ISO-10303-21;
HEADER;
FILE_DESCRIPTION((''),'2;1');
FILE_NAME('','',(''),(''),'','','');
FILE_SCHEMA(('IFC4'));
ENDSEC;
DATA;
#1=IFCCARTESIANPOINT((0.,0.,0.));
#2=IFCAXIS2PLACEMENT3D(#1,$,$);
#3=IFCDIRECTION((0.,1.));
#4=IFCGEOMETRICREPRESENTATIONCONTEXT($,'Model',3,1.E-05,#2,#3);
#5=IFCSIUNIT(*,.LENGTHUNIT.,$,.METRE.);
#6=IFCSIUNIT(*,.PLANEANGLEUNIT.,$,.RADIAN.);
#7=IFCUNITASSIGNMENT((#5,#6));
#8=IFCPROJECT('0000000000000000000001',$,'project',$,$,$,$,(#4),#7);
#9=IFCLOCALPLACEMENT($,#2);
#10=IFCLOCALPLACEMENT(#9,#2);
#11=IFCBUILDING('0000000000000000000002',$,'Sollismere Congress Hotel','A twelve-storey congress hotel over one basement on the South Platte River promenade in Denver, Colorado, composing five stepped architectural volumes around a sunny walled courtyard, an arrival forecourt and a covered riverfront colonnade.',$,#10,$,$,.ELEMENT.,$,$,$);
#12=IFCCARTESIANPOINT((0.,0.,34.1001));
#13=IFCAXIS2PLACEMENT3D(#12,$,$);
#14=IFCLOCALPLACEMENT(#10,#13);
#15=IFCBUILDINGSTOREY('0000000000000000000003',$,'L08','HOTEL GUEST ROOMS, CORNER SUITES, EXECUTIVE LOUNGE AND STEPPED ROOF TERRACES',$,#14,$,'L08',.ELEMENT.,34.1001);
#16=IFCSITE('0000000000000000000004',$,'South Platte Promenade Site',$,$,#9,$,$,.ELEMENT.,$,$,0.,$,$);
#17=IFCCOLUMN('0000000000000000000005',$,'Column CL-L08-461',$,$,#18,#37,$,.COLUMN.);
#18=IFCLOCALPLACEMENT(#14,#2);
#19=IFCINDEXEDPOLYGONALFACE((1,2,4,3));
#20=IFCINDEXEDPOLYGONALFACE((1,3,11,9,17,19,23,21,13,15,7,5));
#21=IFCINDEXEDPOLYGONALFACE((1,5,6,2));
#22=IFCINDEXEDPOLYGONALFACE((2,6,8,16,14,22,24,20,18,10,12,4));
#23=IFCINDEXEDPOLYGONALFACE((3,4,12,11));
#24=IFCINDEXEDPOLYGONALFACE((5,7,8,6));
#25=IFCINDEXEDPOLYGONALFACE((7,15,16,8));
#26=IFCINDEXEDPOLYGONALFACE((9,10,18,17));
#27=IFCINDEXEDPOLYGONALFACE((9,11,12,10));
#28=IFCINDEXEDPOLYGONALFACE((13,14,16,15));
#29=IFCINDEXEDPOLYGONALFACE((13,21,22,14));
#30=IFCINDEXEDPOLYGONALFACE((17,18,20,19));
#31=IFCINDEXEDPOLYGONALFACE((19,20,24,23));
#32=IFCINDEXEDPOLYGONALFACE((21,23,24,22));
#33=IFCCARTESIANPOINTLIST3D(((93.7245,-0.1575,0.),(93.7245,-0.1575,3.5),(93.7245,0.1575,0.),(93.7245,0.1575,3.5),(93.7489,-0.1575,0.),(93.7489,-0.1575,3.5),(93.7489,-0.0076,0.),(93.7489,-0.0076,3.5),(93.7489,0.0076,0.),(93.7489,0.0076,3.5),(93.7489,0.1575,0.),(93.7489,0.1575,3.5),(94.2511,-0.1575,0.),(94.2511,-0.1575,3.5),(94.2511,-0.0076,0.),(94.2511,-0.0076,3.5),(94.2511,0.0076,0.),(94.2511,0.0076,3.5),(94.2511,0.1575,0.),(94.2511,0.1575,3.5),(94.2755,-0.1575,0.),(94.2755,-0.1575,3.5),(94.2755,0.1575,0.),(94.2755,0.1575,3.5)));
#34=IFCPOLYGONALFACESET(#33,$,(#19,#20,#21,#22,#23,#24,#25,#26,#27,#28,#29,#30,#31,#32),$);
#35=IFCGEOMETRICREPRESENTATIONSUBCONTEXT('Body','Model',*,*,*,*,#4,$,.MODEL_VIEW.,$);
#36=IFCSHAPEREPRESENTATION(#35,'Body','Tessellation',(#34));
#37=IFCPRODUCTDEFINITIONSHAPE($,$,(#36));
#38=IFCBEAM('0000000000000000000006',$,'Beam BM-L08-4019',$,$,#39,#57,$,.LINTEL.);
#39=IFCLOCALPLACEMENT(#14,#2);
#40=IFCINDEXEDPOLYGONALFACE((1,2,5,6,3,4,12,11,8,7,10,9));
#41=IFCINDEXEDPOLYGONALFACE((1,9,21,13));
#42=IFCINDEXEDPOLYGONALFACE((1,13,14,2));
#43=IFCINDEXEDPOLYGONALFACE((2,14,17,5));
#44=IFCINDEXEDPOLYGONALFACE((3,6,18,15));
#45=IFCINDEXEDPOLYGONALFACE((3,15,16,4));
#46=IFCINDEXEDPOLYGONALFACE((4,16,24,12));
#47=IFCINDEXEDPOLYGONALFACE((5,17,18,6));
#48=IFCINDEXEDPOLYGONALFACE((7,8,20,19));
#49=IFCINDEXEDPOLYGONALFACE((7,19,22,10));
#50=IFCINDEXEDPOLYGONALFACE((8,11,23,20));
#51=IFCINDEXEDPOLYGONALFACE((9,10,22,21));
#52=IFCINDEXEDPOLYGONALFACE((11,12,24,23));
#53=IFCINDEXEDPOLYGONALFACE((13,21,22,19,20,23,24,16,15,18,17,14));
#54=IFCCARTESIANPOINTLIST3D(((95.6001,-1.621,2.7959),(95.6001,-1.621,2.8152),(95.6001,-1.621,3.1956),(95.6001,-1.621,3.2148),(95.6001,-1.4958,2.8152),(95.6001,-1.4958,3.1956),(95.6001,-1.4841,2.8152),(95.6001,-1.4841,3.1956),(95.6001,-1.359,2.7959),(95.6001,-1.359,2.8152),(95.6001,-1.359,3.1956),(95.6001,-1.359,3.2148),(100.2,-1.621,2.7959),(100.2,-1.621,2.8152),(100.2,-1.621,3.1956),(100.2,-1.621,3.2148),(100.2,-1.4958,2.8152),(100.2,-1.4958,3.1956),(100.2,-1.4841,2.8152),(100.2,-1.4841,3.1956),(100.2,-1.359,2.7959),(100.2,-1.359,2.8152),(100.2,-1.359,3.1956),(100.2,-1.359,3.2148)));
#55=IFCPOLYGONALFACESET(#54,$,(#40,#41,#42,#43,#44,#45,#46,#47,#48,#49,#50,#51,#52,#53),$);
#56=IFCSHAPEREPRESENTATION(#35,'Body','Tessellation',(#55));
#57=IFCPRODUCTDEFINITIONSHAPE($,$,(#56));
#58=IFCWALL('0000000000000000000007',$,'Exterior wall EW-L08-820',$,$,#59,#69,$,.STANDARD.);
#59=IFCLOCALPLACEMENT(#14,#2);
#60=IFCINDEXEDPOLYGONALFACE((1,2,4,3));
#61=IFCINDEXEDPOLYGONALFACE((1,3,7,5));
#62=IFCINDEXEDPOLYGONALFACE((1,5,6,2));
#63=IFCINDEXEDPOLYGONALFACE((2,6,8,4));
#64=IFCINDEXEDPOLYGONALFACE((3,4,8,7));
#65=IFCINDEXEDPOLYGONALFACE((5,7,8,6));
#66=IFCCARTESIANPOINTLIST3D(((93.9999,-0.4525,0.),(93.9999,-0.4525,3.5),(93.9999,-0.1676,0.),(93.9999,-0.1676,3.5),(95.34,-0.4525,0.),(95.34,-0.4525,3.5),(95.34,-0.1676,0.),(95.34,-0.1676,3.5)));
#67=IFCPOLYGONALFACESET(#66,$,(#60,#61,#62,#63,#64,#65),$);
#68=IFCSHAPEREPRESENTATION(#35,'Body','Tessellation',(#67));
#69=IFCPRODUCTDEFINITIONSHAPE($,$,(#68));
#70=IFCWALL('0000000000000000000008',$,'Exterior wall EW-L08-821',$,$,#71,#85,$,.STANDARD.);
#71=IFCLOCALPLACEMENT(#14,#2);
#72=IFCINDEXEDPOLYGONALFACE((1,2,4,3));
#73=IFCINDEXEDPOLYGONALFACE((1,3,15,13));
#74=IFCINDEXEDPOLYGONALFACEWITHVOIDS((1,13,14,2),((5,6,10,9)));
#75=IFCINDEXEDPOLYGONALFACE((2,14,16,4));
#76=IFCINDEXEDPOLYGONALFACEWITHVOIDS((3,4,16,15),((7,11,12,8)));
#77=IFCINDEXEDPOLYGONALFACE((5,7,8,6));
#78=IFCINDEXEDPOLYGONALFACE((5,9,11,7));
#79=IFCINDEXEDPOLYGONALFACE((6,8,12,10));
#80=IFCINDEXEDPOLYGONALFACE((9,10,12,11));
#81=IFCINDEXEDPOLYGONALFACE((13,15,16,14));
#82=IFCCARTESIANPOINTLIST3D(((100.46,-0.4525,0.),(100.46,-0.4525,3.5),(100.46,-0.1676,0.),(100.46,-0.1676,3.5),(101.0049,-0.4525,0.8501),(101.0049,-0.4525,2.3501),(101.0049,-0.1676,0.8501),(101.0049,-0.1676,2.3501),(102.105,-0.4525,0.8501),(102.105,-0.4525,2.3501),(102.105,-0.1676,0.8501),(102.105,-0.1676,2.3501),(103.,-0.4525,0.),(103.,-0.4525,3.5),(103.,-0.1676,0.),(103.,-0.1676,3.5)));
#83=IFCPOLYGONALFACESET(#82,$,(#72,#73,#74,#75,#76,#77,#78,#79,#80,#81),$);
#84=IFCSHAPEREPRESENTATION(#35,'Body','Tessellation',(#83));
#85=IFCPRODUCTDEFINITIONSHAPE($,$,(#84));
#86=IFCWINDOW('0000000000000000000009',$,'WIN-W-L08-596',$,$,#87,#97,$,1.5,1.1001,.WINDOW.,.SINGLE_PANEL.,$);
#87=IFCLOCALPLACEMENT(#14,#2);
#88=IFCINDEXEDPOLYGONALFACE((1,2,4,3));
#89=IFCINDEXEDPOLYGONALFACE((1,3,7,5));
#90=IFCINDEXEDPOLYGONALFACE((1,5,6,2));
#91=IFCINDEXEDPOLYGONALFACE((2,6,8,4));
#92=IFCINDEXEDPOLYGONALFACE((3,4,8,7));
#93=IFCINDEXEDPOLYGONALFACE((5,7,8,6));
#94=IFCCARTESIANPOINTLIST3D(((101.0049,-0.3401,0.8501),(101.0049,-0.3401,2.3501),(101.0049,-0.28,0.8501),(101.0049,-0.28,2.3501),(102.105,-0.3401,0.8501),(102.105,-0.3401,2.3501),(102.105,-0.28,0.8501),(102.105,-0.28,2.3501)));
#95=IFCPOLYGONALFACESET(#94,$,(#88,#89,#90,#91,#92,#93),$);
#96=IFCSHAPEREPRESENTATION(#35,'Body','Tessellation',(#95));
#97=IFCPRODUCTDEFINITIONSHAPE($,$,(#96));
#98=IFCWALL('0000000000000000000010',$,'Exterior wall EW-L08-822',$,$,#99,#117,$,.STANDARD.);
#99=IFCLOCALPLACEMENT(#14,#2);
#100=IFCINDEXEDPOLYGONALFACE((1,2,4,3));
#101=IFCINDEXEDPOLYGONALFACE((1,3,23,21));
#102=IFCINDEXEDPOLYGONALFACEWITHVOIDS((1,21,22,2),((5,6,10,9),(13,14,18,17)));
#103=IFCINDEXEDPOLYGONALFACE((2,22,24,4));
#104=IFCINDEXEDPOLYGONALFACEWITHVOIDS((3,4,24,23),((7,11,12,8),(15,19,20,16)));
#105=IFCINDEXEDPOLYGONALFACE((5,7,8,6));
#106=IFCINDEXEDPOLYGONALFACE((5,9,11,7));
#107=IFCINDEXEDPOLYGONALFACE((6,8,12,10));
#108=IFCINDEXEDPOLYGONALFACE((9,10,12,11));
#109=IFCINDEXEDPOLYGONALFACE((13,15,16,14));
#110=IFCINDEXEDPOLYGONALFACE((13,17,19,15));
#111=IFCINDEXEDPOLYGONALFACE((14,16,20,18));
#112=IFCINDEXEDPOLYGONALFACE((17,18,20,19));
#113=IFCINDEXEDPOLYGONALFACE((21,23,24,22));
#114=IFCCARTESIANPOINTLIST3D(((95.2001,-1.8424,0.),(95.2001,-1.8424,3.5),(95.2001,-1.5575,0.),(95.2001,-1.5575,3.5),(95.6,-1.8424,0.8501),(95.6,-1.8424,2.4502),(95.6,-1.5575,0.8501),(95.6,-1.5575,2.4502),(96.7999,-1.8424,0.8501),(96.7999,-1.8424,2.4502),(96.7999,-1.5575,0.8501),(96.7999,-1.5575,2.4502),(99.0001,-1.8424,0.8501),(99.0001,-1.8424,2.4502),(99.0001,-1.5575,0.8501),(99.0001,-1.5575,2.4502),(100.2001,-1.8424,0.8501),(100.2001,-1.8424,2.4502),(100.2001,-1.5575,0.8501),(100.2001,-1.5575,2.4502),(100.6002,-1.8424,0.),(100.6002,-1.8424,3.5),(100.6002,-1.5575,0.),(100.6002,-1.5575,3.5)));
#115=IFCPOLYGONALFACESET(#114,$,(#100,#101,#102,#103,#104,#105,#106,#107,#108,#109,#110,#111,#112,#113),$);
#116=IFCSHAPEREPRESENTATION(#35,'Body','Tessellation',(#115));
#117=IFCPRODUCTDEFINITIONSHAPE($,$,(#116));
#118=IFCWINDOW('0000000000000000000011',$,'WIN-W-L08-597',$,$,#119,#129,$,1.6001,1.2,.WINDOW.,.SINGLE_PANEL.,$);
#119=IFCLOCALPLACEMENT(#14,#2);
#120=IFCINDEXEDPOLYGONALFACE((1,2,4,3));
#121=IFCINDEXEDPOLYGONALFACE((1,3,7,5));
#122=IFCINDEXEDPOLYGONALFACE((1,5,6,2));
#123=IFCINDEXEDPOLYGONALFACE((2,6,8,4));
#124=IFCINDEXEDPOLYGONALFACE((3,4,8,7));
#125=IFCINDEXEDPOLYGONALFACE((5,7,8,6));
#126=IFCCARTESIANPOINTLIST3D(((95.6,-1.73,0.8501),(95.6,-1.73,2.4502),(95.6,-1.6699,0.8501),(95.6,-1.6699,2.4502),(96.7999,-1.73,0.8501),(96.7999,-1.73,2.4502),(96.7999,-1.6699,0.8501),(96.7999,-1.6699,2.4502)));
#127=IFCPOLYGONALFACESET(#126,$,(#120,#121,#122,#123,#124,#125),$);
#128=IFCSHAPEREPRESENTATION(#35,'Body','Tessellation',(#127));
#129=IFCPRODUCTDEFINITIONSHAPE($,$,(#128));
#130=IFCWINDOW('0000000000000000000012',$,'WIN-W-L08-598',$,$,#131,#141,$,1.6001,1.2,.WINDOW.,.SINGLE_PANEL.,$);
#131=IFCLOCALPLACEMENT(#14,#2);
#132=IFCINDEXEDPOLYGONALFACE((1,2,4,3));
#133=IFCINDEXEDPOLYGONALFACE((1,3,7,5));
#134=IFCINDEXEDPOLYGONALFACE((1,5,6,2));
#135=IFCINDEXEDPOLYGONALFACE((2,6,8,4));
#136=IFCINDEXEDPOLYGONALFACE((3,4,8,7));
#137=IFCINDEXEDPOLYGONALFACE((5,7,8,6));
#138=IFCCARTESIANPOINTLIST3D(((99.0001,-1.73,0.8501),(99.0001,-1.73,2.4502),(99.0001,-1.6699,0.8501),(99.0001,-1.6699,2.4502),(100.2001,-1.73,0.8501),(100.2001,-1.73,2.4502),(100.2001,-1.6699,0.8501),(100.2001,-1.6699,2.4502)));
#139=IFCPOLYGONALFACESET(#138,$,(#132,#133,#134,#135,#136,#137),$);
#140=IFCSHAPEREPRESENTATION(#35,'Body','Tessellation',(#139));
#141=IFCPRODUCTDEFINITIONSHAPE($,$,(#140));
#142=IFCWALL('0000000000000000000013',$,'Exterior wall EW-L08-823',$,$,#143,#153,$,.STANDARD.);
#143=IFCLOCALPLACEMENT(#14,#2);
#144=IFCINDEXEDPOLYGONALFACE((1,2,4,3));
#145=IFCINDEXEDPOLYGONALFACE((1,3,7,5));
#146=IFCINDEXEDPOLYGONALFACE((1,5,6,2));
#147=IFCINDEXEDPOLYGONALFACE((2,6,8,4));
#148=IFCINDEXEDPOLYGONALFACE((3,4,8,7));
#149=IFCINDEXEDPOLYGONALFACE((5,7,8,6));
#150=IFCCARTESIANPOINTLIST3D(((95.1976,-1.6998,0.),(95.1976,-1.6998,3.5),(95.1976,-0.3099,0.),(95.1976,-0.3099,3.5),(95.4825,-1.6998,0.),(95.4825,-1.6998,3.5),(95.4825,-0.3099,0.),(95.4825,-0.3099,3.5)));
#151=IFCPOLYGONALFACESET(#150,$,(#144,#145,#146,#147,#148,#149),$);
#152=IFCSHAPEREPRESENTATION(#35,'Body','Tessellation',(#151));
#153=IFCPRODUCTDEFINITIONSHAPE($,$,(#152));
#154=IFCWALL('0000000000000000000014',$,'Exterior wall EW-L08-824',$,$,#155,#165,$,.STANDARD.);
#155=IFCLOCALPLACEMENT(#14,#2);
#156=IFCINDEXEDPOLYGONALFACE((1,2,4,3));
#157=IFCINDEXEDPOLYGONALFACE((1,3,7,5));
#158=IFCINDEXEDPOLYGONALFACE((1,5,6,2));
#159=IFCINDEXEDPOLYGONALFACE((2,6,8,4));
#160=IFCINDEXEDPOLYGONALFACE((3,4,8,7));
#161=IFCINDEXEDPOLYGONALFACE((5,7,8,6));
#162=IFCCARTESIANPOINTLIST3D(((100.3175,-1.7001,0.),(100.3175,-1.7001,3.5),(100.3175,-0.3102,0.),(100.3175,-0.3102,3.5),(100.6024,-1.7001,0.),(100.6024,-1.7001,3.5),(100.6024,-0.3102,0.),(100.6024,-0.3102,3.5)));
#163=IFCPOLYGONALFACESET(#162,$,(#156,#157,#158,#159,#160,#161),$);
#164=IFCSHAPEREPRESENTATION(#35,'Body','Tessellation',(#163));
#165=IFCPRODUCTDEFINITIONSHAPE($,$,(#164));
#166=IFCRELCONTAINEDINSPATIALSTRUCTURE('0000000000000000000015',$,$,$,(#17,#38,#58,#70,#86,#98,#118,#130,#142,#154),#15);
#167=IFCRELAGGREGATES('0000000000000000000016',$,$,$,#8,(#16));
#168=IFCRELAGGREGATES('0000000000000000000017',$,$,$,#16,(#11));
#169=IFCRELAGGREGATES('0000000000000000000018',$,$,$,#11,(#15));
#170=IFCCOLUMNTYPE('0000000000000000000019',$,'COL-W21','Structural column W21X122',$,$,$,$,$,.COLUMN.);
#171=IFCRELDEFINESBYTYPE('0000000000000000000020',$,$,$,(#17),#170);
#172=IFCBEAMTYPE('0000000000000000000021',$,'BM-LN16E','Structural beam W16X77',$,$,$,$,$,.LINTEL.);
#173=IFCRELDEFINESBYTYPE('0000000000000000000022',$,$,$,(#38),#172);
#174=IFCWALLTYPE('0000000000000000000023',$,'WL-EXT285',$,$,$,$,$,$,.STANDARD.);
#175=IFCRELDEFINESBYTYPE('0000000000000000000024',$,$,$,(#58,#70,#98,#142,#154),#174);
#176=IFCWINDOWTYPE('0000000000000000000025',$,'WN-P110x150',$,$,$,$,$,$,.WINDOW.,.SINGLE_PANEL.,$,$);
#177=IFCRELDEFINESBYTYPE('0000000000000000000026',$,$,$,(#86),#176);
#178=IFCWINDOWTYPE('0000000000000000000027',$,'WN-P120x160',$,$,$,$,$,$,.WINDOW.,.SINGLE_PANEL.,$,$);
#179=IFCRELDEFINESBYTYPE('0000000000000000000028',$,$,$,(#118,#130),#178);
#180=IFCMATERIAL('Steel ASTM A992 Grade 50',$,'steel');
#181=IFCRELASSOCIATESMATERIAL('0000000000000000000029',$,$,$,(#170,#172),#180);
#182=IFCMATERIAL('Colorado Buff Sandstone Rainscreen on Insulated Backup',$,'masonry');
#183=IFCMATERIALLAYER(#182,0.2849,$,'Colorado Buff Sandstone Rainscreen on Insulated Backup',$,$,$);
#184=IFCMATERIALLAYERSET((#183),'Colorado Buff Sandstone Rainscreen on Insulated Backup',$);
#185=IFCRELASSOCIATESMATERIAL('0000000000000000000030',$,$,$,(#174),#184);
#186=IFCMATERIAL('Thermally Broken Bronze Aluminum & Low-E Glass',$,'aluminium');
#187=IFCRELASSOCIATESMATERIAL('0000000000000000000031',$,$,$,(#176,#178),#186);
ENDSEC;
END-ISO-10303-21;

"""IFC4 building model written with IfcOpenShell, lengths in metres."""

from ifc_helpers import new_model, si_unit, direction, frame, frame_2d, origin, origin_2d, place, context, subcontext, project, spatial, rectangle, i_section, extrude, material, layer, layer_set, material_profile, profile_set, type_object, element, fill, save


model = new_model("IFC4")

# Units and contexts
model_context = context("Model", 3, precision=1e-05, world=origin(), true_north=direction((0.0, 1.0)))
body_context = subcontext(model_context, "Body", "Model", "MODEL_VIEW")
ifc_project = project(units=[si_unit("LENGTHUNIT", "METRE"), si_unit("PLANEANGLEUNIT", "RADIAN")], contexts=[model_context])

# Site, building, storey
site_placement = place(None, origin())
site = spatial("IfcSite", under=ifc_project, at=site_placement, Name="South Platte Promenade Site", CompositionType="ELEMENT", RefElevation=0.0)
building_placement = place(site_placement, origin())
building = spatial("IfcBuilding", under=site, at=building_placement, Name="Sollismere Congress Hotel", Description="A twelve-storey congress hotel over one basement on the South Platte River promenade in Denver, Colorado, composing five stepped architectural volumes around a sunny walled courtyard, an arrival forecourt and a covered riverfront colonnade.", CompositionType="ELEMENT")
storey_placement = place(building_placement, frame((0.0, 0.0, 34.1001)))
storey = spatial("IfcBuildingStorey", under=building, at=storey_placement, Name="L08", Description="HOTEL GUEST ROOMS, CORNER SUITES, EXECUTIVE LOUNGE AND STEPPED ROOF TERRACES", LongName="L08", CompositionType="ELEMENT", Elevation=34.1001)

# Column
ifc_material_1 = material(Name="Steel ASTM A992 Grade 50", Category="steel")
ifc_material_profile_1 = material_profile(ifc_material_1, i_section(OverallWidth=0.3149, OverallDepth=0.551, WebThickness=0.0151, FlangeThickness=0.0244, at=origin_2d()), Name="W21X122")
ifc_profile_set_1 = profile_set([ifc_material_profile_1], Name="Steel ASTM A992 Grade 50")
column_type = type_object("IfcColumnType", Name="COL-W21", Description="Structural column W21X122", PredefinedType="COLUMN", material=ifc_profile_set_1)
column_placement = place(storey_placement, frame((94.0, 0.0, 0.0), z_axis=(0.0, 0.0, 1.0), x_axis=(0.0, 1.0, 0.0)))
element("IfcColumn", 1, at=column_placement, inside=storey, type_object=column_type, Name="Column CL-L08-461", PredefinedType="COLUMN", context=body_context, shape_type="SweptSolid", body=[
    extrude(i_section(OverallWidth=0.3149, OverallDepth=0.551, WebThickness=0.0151, FlangeThickness=0.0244, at=origin_2d()), origin(), (0.0, 0.0, 1.0), 3.5),
])

# Beam
ifc_material_profile_2 = material_profile(ifc_material_1, i_section(OverallWidth=0.262, OverallDepth=0.4189, WebThickness=0.0117, FlangeThickness=0.0193, at=origin_2d()), Name="W16X77")
ifc_profile_set_2 = profile_set([ifc_material_profile_2], Name="Steel ASTM A992 Grade 50")
beam_type = type_object("IfcBeamType", Name="BM-LN16E", Description="Structural beam W16X77", PredefinedType="LINTEL", material=ifc_profile_set_2)
beam_placement = place(storey_placement, frame((95.6001, -1.49, 3.0054), z_axis=(1.0, 0.0, 0.0), x_axis=(0.0, 1.0, 0.0)))
element("IfcBeam", 2, at=beam_placement, inside=storey, type_object=beam_type, Name="Beam BM-L08-4019", PredefinedType="LINTEL", context=body_context, shape_type="SweptSolid", body=[
    extrude(i_section(OverallWidth=0.262, OverallDepth=0.4189, WebThickness=0.0117, FlangeThickness=0.0193, at=origin_2d()), origin(), (0.0, 0.0, 1.0), 4.5999),
])

# Wall
ifc_material_2 = material(Name="Colorado Buff Sandstone Rainscreen on Insulated Backup", Category="masonry")
ifc_layer_1 = layer(ifc_material_2, 0.2849, Name="Colorado Buff Sandstone Rainscreen on Insulated Backup")
ifc_layer_set_1 = layer_set([ifc_layer_1], Name="Colorado Buff Sandstone Rainscreen on Insulated Backup")
wall_type_1 = type_object("IfcWallType", Name="WL-EXT285", PredefinedType="STANDARD", material=ifc_layer_set_1)
wall_1_placement = place(storey_placement, frame((94.0, -0.3101, 0.0), z_axis=(0.0, 0.0, 1.0), x_axis=(1.0, 0.0, 0.0)))
element("IfcWall", 3, at=wall_1_placement, inside=storey, type_object=wall_type_1, Name="Exterior wall EW-L08-820", PredefinedType="STANDARD", context=body_context, shape_type="SweptSolid", body=[
    extrude(rectangle(XDim=1.3401, YDim=0.2849, at=frame_2d((0.6699, 0.0))), origin(), (0.0, 0.0, 1.0), 3.5),
])

# Wall, opening, window
wall_2_placement = place(storey_placement, frame((100.46, -0.3101, 0.0), z_axis=(0.0, 0.0, 1.0), x_axis=(1.0, 0.0, 0.0)))
wall_2 = element("IfcWall", 4, at=wall_2_placement, inside=storey, type_object=wall_type_1, Name="Exterior wall EW-L08-821", PredefinedType="STANDARD", context=body_context, shape_type="SweptSolid", body=[
    extrude(rectangle(XDim=2.54, YDim=0.2849, at=frame_2d((1.27, 0.0))), origin(), (0.0, 0.0, 1.0), 3.5),
])
opening_1_placement = place(wall_2_placement, frame((0.5449, 0.0, 0.8501)))
opening_1 = element("IfcOpeningElement", 5, at=opening_1_placement, cuts=wall_2, PredefinedType="OPENING", context=body_context, shape_type="SweptSolid", body=[
    extrude(rectangle(XDim=1.1001, YDim=1.5, at=frame_2d((0.55, 0.75))), frame((0.0, 0.1523, 0.0), z_axis=(0.0, -1.0, 0.0), x_axis=(1.0, 0.0, 0.0)), (0.0, 0.0, 1.0), 0.3049),
])
ifc_material_3 = material(Name="Thermally Broken Bronze Aluminum & Low-E Glass", Category="aluminium")
window_type_1 = type_object("IfcWindowType", Name="WN-P110x150", PartitioningType="SINGLE_PANEL", PredefinedType="WINDOW", material=ifc_material_3)
window_1_placement = place(opening_1_placement, origin())
window_1 = element("IfcWindow", 6, at=window_1_placement, inside=storey, type_object=window_type_1, Name="WIN-W-L08-596", OverallHeight=1.5, OverallWidth=1.1001, PartitioningType="SINGLE_PANEL", PredefinedType="WINDOW", context=body_context, shape_type="SweptSolid", body=[
    extrude(rectangle(XDim=1.1001, YDim=1.5, at=frame_2d((0.55, 0.75))), frame((0.0, 0.03, 0.0), z_axis=(0.0, -1.0, 0.0), x_axis=(1.0, 0.0, 0.0)), (0.0, 0.0, 1.0), 0.0601),
])
fill(opening_1, window_1)

# Wall, openings, windows
wall_3_placement = place(storey_placement, frame((95.2, -1.7, 0.0), z_axis=(0.0, 0.0, 1.0), x_axis=(1.0, 0.0, 0.0)))
wall_3 = element("IfcWall", 7, at=wall_3_placement, inside=storey, type_object=wall_type_1, Name="Exterior wall EW-L08-822", PredefinedType="STANDARD", context=body_context, shape_type="SweptSolid", body=[
    extrude(rectangle(XDim=5.4001, YDim=0.2849, at=frame_2d((2.7002, 0.0))), origin(), (0.0, 0.0, 1.0), 3.5),
])
opening_2_placement = place(wall_3_placement, frame((0.3999, 0.0, 0.8501)))
opening_2 = element("IfcOpeningElement", 8, at=opening_2_placement, cuts=wall_3, PredefinedType="OPENING", context=body_context, shape_type="SweptSolid", body=[
    extrude(rectangle(XDim=1.2, YDim=1.6001, at=frame_2d((0.6001, 0.8))), frame((0.0, 0.1523, 0.0), z_axis=(0.0, -1.0, 0.0), x_axis=(1.0, 0.0, 0.0)), (0.0, 0.0, 1.0), 0.3049),
])
opening_3_placement = place(wall_3_placement, frame((3.8, 0.0, 0.8501)))
opening_3 = element("IfcOpeningElement", 9, at=opening_3_placement, cuts=wall_3, PredefinedType="OPENING", context=body_context, shape_type="SweptSolid", body=[
    extrude(rectangle(XDim=1.2, YDim=1.6001, at=frame_2d((0.6001, 0.8))), frame((0.0, 0.1523, 0.0), z_axis=(0.0, -1.0, 0.0), x_axis=(1.0, 0.0, 0.0)), (0.0, 0.0, 1.0), 0.3049),
])
window_type_2 = type_object("IfcWindowType", Name="WN-P120x160", PartitioningType="SINGLE_PANEL", PredefinedType="WINDOW", material=ifc_material_3)
window_2_placement = place(opening_2_placement, origin())
window_2 = element("IfcWindow", 10, at=window_2_placement, inside=storey, type_object=window_type_2, Name="WIN-W-L08-597", OverallHeight=1.6001, OverallWidth=1.2, PartitioningType="SINGLE_PANEL", PredefinedType="WINDOW", context=body_context, shape_type="SweptSolid", body=[
    extrude(rectangle(XDim=1.2, YDim=1.6001, at=frame_2d((0.6001, 0.8))), frame((0.0, 0.03, 0.0), z_axis=(0.0, -1.0, 0.0), x_axis=(1.0, 0.0, 0.0)), (0.0, 0.0, 1.0), 0.0601),
])
fill(opening_2, window_2)
window_3_placement = place(opening_3_placement, origin())
window_3 = element("IfcWindow", 11, at=window_3_placement, inside=storey, type_object=window_type_2, Name="WIN-W-L08-598", OverallHeight=1.6001, OverallWidth=1.2, PartitioningType="SINGLE_PANEL", PredefinedType="WINDOW", context=body_context, shape_type="SweptSolid", body=[
    extrude(rectangle(XDim=1.2, YDim=1.6001, at=frame_2d((0.6001, 0.8))), frame((0.0, 0.03, 0.0), z_axis=(0.0, -1.0, 0.0), x_axis=(1.0, 0.0, 0.0)), (0.0, 0.0, 1.0), 0.0601),
])
fill(opening_3, window_3)

# Walls
for number, where, z_axis, x_axis, name in (
    (12, (95.3401, -0.3101, 0.0), (0.0, 0.0, 1.0), (0.0, -1.0, 0.0), "Exterior wall EW-L08-823"),
    (13, (100.46, -1.7, 0.0), (0.0, 0.0, 1.0), (0.0, 1.0, 0.0), "Exterior wall EW-L08-824"),
):
    element("IfcWall", number, at=place(storey_placement, frame(where, z_axis=z_axis, x_axis=x_axis)), inside=storey, type_object=wall_type_1, Name=name, PredefinedType="STANDARD", context=body_context, shape_type="SweptSolid", body=[
        extrude(rectangle(XDim=1.3899, YDim=0.2849, at=frame_2d((0.6948, 0.0))), origin(), (0.0, 0.0, 1.0), 3.5),
    ])

save(model, "model.ifc")
